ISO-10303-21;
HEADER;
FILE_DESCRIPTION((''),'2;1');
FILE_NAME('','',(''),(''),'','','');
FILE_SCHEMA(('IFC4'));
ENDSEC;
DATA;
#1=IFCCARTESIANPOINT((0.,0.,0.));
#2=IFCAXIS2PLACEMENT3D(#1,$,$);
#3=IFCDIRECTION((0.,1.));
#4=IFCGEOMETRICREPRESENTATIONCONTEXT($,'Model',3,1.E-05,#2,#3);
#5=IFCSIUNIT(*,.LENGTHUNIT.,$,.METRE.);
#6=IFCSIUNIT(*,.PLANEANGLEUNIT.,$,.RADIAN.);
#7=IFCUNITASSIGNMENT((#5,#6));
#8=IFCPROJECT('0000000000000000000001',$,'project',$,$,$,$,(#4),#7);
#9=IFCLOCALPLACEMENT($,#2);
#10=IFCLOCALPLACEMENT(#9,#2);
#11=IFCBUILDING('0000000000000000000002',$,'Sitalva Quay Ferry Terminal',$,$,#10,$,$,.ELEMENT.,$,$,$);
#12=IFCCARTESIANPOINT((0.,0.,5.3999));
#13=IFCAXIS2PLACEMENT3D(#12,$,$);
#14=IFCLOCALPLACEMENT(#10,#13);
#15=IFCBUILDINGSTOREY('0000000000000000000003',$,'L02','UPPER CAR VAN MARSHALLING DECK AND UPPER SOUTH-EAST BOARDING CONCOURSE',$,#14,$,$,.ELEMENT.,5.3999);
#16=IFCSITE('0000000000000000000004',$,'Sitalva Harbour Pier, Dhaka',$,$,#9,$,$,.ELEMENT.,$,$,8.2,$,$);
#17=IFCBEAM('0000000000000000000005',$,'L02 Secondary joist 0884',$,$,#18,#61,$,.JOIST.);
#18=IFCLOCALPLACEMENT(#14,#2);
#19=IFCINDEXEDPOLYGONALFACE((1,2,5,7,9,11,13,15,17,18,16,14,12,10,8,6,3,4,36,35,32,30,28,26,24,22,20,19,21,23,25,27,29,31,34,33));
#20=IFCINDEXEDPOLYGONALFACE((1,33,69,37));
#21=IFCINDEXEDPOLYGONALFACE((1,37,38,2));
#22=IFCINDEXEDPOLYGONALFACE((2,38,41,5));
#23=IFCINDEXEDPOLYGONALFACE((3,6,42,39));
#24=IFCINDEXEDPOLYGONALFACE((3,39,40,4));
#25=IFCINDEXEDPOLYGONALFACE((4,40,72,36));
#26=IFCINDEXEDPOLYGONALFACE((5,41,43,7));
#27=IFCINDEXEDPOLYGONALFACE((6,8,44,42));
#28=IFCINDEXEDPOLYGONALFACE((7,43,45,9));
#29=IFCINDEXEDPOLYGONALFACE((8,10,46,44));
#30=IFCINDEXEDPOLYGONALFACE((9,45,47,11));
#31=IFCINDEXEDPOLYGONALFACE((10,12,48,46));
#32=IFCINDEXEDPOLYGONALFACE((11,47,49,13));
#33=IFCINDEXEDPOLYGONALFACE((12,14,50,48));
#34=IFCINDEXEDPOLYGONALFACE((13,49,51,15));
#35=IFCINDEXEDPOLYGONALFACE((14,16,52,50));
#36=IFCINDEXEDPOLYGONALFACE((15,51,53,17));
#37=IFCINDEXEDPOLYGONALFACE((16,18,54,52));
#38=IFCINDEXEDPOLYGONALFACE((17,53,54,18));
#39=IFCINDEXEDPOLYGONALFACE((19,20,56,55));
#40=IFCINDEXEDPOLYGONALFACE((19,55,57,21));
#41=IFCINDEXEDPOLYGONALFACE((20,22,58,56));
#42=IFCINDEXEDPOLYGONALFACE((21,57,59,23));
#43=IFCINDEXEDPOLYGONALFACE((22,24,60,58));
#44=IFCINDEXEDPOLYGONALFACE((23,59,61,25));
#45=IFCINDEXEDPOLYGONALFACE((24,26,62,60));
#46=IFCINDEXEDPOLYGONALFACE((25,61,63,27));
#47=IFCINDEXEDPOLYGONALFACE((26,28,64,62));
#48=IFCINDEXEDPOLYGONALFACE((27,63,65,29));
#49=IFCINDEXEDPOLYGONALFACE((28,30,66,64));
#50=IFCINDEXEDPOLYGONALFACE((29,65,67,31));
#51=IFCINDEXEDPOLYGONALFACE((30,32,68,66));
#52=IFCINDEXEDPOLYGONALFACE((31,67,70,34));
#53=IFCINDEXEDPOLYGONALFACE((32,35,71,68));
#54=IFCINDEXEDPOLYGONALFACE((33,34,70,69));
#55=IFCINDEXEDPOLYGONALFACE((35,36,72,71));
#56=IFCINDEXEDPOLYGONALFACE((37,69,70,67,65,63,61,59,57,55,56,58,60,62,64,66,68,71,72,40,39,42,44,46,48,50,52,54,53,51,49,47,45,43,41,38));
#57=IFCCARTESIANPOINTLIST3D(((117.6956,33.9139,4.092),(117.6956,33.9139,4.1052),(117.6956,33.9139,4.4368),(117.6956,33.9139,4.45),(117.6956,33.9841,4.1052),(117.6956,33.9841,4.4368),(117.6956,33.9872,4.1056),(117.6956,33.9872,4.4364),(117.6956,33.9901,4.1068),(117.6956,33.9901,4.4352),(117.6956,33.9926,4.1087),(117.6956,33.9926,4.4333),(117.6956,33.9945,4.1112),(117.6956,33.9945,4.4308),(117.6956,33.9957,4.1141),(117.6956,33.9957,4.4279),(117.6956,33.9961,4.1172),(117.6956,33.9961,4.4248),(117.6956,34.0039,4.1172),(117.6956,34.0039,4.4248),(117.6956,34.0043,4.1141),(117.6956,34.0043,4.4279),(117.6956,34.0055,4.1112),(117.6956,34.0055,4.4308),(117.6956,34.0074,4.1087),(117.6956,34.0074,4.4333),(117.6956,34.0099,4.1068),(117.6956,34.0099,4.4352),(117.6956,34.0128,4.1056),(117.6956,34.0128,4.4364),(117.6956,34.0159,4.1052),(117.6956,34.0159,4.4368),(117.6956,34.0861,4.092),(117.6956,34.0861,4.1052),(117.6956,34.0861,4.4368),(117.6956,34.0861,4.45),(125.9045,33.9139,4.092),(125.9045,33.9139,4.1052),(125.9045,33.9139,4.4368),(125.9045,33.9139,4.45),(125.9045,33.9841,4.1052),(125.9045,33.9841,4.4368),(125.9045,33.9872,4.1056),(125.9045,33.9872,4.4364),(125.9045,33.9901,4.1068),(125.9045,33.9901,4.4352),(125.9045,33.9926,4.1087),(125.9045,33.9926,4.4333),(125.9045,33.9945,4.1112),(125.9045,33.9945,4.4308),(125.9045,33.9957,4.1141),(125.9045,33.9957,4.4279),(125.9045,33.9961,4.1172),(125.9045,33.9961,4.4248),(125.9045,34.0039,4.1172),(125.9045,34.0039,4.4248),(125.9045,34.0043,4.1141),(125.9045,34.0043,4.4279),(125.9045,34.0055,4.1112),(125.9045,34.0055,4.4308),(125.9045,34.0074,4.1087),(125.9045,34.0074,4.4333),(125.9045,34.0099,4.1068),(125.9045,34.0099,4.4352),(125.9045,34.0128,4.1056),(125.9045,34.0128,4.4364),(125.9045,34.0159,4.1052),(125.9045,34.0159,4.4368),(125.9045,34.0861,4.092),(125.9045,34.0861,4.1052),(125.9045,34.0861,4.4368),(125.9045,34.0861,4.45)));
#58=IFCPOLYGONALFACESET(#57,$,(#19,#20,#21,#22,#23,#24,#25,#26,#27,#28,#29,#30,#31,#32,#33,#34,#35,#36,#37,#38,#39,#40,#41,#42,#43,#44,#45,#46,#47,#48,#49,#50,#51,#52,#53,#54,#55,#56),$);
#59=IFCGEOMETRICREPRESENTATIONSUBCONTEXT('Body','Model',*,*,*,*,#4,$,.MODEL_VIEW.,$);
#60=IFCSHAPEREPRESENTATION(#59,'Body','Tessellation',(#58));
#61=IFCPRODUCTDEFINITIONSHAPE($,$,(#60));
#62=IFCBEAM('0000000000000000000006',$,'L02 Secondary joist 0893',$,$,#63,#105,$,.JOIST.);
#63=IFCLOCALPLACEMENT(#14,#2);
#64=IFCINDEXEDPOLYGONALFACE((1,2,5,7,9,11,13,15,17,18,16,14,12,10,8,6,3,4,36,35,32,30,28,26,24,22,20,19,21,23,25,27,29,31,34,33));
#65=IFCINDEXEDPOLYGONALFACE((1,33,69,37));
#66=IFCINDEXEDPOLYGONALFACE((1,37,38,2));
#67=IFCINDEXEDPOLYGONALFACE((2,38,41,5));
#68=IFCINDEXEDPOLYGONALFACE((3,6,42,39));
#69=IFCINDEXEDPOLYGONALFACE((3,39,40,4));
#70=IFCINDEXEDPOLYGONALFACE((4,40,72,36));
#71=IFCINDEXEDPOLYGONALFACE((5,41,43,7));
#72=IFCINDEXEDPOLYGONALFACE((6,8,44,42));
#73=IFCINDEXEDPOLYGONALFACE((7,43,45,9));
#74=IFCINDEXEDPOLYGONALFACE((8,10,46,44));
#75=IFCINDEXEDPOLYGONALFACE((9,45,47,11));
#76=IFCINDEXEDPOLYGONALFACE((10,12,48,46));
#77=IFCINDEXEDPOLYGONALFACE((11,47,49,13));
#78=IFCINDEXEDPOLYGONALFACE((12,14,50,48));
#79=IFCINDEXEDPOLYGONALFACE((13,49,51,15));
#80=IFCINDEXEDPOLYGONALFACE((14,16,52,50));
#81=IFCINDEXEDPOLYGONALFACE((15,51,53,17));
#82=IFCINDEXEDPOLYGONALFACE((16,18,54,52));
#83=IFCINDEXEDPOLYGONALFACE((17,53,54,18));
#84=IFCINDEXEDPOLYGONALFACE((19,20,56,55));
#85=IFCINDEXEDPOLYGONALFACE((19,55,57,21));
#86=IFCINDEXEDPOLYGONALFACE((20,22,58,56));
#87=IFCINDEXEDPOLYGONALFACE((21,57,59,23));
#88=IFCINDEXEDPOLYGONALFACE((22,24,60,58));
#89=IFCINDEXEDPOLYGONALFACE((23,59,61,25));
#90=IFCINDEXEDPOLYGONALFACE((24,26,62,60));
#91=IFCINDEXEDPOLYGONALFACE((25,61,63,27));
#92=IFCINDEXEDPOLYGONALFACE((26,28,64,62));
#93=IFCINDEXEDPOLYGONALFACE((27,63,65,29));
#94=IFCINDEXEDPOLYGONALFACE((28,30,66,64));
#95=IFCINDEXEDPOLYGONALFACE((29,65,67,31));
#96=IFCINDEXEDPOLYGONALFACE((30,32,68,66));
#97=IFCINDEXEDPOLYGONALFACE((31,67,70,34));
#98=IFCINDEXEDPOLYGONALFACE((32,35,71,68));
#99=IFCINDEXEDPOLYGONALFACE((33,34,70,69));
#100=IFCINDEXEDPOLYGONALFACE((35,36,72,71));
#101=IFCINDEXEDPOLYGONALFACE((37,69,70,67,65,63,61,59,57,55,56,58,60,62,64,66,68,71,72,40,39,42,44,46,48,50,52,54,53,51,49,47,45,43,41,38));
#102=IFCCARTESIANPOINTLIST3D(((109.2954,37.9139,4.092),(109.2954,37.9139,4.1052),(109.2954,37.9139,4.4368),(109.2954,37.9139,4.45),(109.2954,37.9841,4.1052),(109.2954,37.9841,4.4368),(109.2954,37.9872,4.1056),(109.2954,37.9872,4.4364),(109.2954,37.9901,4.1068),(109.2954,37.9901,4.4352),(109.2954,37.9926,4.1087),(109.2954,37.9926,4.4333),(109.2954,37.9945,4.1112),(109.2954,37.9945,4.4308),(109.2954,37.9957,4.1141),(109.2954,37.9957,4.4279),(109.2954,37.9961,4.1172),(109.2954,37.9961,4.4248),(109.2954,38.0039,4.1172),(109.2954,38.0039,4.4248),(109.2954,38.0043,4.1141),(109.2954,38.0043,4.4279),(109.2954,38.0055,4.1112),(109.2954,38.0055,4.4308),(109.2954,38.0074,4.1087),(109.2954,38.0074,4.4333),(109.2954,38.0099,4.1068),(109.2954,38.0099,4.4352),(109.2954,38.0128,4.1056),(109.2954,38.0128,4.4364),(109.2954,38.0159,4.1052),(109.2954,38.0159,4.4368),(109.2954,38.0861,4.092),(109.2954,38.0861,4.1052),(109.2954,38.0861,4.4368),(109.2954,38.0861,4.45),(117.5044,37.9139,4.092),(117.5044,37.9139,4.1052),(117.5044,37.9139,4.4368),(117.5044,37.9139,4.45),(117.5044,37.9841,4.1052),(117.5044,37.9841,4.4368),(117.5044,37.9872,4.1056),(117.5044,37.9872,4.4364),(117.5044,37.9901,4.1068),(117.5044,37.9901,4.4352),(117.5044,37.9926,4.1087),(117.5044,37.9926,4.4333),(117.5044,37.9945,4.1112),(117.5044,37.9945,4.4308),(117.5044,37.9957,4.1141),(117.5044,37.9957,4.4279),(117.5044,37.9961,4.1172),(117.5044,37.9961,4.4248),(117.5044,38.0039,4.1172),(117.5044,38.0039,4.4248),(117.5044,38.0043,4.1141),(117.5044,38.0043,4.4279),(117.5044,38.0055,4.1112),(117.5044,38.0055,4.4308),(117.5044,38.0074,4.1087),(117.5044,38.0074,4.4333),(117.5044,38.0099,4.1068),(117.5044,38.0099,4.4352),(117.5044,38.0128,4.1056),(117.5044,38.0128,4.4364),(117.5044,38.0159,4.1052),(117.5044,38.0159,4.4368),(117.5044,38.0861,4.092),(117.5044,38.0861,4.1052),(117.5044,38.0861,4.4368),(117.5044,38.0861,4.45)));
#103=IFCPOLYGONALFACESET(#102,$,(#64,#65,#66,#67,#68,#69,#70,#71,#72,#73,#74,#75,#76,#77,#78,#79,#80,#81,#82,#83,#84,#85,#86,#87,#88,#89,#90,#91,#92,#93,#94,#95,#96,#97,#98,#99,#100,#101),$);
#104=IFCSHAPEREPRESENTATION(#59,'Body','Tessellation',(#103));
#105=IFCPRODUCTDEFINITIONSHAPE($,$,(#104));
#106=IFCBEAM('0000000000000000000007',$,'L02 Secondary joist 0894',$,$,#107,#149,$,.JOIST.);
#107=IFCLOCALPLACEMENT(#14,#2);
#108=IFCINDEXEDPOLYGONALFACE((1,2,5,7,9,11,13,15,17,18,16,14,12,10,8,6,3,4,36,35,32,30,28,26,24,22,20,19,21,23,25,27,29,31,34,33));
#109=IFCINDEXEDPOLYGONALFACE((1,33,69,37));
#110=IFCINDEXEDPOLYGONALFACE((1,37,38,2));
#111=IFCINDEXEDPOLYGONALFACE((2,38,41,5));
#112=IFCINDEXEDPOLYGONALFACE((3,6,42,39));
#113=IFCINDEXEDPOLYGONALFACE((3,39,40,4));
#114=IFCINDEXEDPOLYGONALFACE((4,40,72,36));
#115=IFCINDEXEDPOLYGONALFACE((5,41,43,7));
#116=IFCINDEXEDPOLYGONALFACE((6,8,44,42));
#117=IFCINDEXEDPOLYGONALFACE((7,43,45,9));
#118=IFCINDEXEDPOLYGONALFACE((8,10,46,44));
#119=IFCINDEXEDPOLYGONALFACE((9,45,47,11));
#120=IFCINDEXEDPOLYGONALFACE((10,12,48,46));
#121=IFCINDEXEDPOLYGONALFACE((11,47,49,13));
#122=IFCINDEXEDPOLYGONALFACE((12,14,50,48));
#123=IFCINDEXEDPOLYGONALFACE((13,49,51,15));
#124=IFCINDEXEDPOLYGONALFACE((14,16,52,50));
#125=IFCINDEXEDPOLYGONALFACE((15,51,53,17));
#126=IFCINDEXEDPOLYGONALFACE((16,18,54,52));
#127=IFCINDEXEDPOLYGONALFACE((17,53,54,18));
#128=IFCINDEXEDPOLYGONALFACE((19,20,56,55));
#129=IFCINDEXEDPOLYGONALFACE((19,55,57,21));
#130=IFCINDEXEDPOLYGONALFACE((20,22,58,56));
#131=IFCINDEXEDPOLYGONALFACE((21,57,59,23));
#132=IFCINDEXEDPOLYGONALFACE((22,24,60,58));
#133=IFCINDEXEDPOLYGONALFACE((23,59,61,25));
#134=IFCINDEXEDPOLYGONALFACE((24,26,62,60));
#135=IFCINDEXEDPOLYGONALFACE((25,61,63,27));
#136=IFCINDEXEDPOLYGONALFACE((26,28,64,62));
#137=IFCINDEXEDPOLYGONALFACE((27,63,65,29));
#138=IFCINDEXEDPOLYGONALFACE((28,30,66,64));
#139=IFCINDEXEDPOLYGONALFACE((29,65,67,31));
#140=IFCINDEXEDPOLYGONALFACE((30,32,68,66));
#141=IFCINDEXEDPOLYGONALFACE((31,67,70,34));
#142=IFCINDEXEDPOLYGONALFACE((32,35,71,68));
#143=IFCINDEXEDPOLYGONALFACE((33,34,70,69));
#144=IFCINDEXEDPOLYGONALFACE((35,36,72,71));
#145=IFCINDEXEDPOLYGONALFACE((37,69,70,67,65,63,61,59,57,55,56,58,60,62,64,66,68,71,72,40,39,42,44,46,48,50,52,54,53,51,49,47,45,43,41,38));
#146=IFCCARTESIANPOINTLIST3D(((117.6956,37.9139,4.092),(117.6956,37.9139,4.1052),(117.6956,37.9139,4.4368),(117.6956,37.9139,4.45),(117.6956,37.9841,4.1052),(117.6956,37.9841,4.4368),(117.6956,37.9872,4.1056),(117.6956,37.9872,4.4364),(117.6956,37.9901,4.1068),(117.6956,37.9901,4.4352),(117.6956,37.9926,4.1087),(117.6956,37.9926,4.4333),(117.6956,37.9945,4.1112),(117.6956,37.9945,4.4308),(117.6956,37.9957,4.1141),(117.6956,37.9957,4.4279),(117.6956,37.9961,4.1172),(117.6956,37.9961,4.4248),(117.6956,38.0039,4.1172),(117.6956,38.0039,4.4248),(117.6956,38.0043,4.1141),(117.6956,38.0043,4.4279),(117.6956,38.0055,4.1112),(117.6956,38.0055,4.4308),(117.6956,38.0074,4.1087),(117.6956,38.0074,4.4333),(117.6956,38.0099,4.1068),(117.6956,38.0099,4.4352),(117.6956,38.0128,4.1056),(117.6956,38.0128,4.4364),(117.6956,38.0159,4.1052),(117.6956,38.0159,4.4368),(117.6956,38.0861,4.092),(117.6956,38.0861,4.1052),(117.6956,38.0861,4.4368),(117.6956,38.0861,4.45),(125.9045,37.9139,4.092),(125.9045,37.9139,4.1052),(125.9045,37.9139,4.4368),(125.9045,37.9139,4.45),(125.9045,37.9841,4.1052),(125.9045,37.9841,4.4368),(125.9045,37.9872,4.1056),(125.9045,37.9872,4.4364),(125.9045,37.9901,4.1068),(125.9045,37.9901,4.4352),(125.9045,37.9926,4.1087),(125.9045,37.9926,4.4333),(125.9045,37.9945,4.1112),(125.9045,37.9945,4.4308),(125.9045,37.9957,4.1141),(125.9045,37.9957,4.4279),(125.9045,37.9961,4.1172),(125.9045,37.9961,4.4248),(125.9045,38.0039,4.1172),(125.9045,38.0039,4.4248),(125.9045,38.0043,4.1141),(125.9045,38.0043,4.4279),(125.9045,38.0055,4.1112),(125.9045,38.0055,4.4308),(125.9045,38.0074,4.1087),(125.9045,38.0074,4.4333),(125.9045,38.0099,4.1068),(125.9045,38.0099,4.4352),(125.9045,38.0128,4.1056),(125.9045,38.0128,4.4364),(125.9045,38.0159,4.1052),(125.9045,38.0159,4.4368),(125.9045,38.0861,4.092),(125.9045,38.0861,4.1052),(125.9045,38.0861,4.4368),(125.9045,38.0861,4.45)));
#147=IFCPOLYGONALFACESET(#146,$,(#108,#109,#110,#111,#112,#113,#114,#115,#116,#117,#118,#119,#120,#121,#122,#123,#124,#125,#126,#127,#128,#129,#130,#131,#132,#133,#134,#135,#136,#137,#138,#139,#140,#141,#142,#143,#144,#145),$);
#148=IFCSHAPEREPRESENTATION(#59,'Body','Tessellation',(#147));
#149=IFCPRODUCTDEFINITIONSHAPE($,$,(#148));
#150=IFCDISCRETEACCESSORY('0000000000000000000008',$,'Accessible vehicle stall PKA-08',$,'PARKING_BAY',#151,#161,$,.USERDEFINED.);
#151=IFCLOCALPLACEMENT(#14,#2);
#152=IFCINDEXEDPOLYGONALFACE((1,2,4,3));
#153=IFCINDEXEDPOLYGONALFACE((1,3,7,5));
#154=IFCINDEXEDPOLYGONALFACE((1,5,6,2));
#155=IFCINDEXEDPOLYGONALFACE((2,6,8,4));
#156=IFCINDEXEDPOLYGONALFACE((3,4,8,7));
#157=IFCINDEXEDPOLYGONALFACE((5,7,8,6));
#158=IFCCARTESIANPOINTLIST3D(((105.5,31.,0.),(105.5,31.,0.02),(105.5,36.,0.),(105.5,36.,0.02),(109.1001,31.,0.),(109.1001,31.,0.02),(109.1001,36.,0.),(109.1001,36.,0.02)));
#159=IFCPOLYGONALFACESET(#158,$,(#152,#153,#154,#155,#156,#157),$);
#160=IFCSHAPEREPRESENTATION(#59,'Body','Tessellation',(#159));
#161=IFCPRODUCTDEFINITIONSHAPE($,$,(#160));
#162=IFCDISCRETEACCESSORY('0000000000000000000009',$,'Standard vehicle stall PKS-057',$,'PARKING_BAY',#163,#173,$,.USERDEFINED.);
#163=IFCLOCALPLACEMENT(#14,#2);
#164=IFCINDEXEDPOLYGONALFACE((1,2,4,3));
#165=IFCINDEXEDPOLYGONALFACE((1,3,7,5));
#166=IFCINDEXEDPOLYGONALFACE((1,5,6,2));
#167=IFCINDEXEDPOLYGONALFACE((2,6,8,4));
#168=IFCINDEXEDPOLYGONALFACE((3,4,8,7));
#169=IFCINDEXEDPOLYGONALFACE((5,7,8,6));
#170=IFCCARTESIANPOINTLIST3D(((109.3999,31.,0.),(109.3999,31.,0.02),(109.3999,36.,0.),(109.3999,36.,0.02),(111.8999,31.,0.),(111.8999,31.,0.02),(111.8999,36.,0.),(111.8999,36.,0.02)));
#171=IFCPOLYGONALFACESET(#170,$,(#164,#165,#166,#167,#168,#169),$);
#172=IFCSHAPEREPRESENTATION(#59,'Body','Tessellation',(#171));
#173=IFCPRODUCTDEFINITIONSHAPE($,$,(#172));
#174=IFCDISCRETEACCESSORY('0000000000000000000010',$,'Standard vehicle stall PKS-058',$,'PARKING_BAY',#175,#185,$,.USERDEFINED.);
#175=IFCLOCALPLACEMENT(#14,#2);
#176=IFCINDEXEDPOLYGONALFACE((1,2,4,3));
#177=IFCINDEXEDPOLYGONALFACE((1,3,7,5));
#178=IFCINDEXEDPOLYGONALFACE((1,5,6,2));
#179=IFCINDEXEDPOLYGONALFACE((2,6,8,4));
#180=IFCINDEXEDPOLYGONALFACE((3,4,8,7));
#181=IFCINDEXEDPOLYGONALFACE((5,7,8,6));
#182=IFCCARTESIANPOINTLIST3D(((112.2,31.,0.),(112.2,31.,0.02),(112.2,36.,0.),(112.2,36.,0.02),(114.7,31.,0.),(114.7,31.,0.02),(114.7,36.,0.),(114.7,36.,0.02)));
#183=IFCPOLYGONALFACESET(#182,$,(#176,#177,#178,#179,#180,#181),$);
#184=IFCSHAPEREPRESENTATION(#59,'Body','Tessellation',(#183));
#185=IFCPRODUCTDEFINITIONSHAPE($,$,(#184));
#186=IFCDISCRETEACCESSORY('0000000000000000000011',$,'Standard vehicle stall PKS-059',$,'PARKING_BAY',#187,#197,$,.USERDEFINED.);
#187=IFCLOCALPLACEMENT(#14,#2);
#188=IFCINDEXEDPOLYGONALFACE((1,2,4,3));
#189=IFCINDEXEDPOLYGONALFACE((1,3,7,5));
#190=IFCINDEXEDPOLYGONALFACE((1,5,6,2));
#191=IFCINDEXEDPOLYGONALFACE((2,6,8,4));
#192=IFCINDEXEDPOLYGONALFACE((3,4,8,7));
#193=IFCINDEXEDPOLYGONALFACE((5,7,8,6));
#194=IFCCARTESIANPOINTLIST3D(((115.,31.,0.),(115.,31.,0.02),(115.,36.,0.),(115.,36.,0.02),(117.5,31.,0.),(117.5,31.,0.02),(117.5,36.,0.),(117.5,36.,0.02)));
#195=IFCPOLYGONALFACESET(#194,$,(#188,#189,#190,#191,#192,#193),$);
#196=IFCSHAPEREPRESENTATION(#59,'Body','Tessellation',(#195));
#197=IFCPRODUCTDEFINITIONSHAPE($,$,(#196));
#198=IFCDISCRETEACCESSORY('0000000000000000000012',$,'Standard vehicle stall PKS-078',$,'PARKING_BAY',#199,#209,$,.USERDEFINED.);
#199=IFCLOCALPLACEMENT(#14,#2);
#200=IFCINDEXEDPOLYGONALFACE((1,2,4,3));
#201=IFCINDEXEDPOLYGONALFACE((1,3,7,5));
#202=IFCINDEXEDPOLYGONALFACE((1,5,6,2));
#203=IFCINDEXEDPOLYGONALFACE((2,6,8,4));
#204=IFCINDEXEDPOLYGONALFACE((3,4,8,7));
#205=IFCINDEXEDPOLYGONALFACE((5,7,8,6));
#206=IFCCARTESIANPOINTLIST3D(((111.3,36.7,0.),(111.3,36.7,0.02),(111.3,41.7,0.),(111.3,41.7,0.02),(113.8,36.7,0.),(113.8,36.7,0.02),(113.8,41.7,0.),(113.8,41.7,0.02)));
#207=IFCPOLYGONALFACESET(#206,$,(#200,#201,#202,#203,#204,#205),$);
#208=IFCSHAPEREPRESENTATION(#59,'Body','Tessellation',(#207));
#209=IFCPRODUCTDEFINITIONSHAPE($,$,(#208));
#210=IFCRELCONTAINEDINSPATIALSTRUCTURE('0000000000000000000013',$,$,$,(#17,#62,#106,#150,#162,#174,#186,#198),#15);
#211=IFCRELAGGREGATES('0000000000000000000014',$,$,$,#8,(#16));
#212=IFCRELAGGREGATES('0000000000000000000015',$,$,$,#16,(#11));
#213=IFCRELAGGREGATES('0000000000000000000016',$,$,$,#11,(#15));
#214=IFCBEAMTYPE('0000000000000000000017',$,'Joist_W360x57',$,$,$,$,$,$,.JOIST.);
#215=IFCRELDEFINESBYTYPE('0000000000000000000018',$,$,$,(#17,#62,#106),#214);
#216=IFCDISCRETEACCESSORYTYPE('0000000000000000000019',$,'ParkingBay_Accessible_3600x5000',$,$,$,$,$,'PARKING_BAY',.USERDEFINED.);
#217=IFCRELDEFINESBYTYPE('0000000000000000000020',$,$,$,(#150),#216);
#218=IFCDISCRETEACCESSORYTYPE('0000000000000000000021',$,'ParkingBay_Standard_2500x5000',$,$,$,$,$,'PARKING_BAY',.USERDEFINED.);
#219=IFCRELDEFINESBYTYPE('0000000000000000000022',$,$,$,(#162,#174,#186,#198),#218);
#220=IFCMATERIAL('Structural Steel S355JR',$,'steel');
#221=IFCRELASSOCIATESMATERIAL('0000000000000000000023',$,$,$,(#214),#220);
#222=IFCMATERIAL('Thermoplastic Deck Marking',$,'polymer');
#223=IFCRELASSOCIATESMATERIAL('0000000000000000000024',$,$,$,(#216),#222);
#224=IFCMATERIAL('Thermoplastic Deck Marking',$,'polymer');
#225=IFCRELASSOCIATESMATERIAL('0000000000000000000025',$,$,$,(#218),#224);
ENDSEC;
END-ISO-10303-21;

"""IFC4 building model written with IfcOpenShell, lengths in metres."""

from ifc_helpers import new_model, si_unit, direction, frame, origin, origin_2d, place, context, subcontext, project, spatial, rectangle, i_section, extrude, material, material_profile, profile_set, type_object, element, save


model = new_model("IFC4")

# Units and contexts
model_context = context("Model", 3, precision=1e-05, world=origin(), true_north=direction((0.0, 1.0)))
body_context = subcontext(model_context, "Body", "Model", "MODEL_VIEW")
ifc_project = project(units=[si_unit("LENGTHUNIT", "METRE"), si_unit("PLANEANGLEUNIT", "RADIAN")], contexts=[model_context])

# Site, building, storey
site_placement = place(None, origin())
site = spatial("IfcSite", under=ifc_project, at=site_placement, Name="Sitalva Harbour Pier, Dhaka", CompositionType="ELEMENT", RefElevation=8.2)
building_placement = place(site_placement, origin())
building = spatial("IfcBuilding", under=site, at=building_placement, Name="Sitalva Quay Ferry Terminal", CompositionType="ELEMENT")
storey_placement = place(building_placement, frame((0.0, 0.0, 5.3999)))
storey = spatial("IfcBuildingStorey", under=building, at=storey_placement, Name="L02", Description="UPPER CAR VAN MARSHALLING DECK AND UPPER SOUTH-EAST BOARDING CONCOURSE", CompositionType="ELEMENT", Elevation=5.3999)

# Beams
ifc_material_1 = material(Name="Structural Steel S355JR", Category="steel")
ifc_material_profile_1 = material_profile(ifc_material_1, i_section(OverallWidth=0.1721, OverallDepth=0.3579, WebThickness=0.0078, FlangeThickness=0.0132, FilletRadius=0.012, at=origin_2d()), Name="W360x57")
ifc_profile_set_1 = profile_set([ifc_material_profile_1], Name="Structural Steel S355JR")
beam_type_1 = type_object("IfcBeamType", Name="Joist_W360x57", PredefinedType="JOIST", material=ifc_profile_set_1)
for number, where, z_axis, x_axis, name in (
    (1, (117.6956, 34.0, 4.271), (1.0, 0.0, 0.0), (0.0, 1.0, 0.0), "L02 Secondary joist 0884"),
    (2, (109.2954, 38.0, 4.271), (1.0, 0.0, 0.0), (0.0, 1.0, 0.0), "L02 Secondary joist 0893"),
    (3, (117.6956, 38.0, 4.271), (1.0, 0.0, 0.0), (0.0, 1.0, 0.0), "L02 Secondary joist 0894"),
):
    element("IfcBeam", number, at=place(storey_placement, frame(where, z_axis=z_axis, x_axis=x_axis)), inside=storey, type_object=beam_type_1, Name=name, PredefinedType="JOIST", context=body_context, shape_type="SweptSolid", body=[
        extrude(i_section(OverallWidth=0.1721, OverallDepth=0.3579, WebThickness=0.0078, FlangeThickness=0.0132, FilletRadius=0.012, at=origin_2d()), origin(), (0.0, 0.0, 1.0), 8.209),
    ])

# Discrete accessories
ifc_material_2 = material(Name="Thermoplastic Deck Marking", Category="polymer")
discrete_accessory_type_1 = type_object("IfcDiscreteAccessoryType", Name="ParkingBay_Accessible_3600x5000", ElementType="PARKING_BAY", PredefinedType="USERDEFINED", material=ifc_material_2)
discrete_accessory_placement = place(storey_placement, frame((107.3, 33.5, 0.0), z_axis=(0.0, 0.0, 1.0), x_axis=(1.0, 0.0, 0.0)))
element("IfcDiscreteAccessory", 4, at=discrete_accessory_placement, inside=storey, type_object=discrete_accessory_type_1, Name="Accessible vehicle stall PKA-08", ObjectType="PARKING_BAY", PredefinedType="USERDEFINED", context=body_context, shape_type="SweptSolid", body=[
    extrude(rectangle(XDim=3.6001, YDim=5.0, at=origin_2d()), origin(), (0.0, 0.0, 1.0), 0.02),
])
ifc_material_3 = material(Name="Thermoplastic Deck Marking", Category="polymer")
discrete_accessory_type_2 = type_object("IfcDiscreteAccessoryType", Name="ParkingBay_Standard_2500x5000", ElementType="PARKING_BAY", PredefinedType="USERDEFINED", material=ifc_material_3)
for number, where, z_axis, x_axis, name in (
    (5, (110.6499, 33.5, 0.0), (0.0, 0.0, 1.0), (1.0, 0.0, 0.0), "Standard vehicle stall PKS-057"),
    (6, (113.45, 33.5, 0.0), (0.0, 0.0, 1.0), (1.0, 0.0, 0.0), "Standard vehicle stall PKS-058"),
    (7, (116.25, 33.5, 0.0), (0.0, 0.0, 1.0), (1.0, 0.0, 0.0), "Standard vehicle stall PKS-059"),
    (8, (112.55, 39.2, 0.0), (0.0, 0.0, 1.0), (1.0, 0.0, 0.0), "Standard vehicle stall PKS-078"),
):
    element("IfcDiscreteAccessory", number, at=place(storey_placement, frame(where, z_axis=z_axis, x_axis=x_axis)), inside=storey, type_object=discrete_accessory_type_2, Name=name, ObjectType="PARKING_BAY", PredefinedType="USERDEFINED", context=body_context, shape_type="SweptSolid", body=[
        extrude(rectangle(XDim=2.5, YDim=5.0, at=origin_2d()), origin(), (0.0, 0.0, 1.0), 0.02),
    ])

save(model, "model.ifc")
